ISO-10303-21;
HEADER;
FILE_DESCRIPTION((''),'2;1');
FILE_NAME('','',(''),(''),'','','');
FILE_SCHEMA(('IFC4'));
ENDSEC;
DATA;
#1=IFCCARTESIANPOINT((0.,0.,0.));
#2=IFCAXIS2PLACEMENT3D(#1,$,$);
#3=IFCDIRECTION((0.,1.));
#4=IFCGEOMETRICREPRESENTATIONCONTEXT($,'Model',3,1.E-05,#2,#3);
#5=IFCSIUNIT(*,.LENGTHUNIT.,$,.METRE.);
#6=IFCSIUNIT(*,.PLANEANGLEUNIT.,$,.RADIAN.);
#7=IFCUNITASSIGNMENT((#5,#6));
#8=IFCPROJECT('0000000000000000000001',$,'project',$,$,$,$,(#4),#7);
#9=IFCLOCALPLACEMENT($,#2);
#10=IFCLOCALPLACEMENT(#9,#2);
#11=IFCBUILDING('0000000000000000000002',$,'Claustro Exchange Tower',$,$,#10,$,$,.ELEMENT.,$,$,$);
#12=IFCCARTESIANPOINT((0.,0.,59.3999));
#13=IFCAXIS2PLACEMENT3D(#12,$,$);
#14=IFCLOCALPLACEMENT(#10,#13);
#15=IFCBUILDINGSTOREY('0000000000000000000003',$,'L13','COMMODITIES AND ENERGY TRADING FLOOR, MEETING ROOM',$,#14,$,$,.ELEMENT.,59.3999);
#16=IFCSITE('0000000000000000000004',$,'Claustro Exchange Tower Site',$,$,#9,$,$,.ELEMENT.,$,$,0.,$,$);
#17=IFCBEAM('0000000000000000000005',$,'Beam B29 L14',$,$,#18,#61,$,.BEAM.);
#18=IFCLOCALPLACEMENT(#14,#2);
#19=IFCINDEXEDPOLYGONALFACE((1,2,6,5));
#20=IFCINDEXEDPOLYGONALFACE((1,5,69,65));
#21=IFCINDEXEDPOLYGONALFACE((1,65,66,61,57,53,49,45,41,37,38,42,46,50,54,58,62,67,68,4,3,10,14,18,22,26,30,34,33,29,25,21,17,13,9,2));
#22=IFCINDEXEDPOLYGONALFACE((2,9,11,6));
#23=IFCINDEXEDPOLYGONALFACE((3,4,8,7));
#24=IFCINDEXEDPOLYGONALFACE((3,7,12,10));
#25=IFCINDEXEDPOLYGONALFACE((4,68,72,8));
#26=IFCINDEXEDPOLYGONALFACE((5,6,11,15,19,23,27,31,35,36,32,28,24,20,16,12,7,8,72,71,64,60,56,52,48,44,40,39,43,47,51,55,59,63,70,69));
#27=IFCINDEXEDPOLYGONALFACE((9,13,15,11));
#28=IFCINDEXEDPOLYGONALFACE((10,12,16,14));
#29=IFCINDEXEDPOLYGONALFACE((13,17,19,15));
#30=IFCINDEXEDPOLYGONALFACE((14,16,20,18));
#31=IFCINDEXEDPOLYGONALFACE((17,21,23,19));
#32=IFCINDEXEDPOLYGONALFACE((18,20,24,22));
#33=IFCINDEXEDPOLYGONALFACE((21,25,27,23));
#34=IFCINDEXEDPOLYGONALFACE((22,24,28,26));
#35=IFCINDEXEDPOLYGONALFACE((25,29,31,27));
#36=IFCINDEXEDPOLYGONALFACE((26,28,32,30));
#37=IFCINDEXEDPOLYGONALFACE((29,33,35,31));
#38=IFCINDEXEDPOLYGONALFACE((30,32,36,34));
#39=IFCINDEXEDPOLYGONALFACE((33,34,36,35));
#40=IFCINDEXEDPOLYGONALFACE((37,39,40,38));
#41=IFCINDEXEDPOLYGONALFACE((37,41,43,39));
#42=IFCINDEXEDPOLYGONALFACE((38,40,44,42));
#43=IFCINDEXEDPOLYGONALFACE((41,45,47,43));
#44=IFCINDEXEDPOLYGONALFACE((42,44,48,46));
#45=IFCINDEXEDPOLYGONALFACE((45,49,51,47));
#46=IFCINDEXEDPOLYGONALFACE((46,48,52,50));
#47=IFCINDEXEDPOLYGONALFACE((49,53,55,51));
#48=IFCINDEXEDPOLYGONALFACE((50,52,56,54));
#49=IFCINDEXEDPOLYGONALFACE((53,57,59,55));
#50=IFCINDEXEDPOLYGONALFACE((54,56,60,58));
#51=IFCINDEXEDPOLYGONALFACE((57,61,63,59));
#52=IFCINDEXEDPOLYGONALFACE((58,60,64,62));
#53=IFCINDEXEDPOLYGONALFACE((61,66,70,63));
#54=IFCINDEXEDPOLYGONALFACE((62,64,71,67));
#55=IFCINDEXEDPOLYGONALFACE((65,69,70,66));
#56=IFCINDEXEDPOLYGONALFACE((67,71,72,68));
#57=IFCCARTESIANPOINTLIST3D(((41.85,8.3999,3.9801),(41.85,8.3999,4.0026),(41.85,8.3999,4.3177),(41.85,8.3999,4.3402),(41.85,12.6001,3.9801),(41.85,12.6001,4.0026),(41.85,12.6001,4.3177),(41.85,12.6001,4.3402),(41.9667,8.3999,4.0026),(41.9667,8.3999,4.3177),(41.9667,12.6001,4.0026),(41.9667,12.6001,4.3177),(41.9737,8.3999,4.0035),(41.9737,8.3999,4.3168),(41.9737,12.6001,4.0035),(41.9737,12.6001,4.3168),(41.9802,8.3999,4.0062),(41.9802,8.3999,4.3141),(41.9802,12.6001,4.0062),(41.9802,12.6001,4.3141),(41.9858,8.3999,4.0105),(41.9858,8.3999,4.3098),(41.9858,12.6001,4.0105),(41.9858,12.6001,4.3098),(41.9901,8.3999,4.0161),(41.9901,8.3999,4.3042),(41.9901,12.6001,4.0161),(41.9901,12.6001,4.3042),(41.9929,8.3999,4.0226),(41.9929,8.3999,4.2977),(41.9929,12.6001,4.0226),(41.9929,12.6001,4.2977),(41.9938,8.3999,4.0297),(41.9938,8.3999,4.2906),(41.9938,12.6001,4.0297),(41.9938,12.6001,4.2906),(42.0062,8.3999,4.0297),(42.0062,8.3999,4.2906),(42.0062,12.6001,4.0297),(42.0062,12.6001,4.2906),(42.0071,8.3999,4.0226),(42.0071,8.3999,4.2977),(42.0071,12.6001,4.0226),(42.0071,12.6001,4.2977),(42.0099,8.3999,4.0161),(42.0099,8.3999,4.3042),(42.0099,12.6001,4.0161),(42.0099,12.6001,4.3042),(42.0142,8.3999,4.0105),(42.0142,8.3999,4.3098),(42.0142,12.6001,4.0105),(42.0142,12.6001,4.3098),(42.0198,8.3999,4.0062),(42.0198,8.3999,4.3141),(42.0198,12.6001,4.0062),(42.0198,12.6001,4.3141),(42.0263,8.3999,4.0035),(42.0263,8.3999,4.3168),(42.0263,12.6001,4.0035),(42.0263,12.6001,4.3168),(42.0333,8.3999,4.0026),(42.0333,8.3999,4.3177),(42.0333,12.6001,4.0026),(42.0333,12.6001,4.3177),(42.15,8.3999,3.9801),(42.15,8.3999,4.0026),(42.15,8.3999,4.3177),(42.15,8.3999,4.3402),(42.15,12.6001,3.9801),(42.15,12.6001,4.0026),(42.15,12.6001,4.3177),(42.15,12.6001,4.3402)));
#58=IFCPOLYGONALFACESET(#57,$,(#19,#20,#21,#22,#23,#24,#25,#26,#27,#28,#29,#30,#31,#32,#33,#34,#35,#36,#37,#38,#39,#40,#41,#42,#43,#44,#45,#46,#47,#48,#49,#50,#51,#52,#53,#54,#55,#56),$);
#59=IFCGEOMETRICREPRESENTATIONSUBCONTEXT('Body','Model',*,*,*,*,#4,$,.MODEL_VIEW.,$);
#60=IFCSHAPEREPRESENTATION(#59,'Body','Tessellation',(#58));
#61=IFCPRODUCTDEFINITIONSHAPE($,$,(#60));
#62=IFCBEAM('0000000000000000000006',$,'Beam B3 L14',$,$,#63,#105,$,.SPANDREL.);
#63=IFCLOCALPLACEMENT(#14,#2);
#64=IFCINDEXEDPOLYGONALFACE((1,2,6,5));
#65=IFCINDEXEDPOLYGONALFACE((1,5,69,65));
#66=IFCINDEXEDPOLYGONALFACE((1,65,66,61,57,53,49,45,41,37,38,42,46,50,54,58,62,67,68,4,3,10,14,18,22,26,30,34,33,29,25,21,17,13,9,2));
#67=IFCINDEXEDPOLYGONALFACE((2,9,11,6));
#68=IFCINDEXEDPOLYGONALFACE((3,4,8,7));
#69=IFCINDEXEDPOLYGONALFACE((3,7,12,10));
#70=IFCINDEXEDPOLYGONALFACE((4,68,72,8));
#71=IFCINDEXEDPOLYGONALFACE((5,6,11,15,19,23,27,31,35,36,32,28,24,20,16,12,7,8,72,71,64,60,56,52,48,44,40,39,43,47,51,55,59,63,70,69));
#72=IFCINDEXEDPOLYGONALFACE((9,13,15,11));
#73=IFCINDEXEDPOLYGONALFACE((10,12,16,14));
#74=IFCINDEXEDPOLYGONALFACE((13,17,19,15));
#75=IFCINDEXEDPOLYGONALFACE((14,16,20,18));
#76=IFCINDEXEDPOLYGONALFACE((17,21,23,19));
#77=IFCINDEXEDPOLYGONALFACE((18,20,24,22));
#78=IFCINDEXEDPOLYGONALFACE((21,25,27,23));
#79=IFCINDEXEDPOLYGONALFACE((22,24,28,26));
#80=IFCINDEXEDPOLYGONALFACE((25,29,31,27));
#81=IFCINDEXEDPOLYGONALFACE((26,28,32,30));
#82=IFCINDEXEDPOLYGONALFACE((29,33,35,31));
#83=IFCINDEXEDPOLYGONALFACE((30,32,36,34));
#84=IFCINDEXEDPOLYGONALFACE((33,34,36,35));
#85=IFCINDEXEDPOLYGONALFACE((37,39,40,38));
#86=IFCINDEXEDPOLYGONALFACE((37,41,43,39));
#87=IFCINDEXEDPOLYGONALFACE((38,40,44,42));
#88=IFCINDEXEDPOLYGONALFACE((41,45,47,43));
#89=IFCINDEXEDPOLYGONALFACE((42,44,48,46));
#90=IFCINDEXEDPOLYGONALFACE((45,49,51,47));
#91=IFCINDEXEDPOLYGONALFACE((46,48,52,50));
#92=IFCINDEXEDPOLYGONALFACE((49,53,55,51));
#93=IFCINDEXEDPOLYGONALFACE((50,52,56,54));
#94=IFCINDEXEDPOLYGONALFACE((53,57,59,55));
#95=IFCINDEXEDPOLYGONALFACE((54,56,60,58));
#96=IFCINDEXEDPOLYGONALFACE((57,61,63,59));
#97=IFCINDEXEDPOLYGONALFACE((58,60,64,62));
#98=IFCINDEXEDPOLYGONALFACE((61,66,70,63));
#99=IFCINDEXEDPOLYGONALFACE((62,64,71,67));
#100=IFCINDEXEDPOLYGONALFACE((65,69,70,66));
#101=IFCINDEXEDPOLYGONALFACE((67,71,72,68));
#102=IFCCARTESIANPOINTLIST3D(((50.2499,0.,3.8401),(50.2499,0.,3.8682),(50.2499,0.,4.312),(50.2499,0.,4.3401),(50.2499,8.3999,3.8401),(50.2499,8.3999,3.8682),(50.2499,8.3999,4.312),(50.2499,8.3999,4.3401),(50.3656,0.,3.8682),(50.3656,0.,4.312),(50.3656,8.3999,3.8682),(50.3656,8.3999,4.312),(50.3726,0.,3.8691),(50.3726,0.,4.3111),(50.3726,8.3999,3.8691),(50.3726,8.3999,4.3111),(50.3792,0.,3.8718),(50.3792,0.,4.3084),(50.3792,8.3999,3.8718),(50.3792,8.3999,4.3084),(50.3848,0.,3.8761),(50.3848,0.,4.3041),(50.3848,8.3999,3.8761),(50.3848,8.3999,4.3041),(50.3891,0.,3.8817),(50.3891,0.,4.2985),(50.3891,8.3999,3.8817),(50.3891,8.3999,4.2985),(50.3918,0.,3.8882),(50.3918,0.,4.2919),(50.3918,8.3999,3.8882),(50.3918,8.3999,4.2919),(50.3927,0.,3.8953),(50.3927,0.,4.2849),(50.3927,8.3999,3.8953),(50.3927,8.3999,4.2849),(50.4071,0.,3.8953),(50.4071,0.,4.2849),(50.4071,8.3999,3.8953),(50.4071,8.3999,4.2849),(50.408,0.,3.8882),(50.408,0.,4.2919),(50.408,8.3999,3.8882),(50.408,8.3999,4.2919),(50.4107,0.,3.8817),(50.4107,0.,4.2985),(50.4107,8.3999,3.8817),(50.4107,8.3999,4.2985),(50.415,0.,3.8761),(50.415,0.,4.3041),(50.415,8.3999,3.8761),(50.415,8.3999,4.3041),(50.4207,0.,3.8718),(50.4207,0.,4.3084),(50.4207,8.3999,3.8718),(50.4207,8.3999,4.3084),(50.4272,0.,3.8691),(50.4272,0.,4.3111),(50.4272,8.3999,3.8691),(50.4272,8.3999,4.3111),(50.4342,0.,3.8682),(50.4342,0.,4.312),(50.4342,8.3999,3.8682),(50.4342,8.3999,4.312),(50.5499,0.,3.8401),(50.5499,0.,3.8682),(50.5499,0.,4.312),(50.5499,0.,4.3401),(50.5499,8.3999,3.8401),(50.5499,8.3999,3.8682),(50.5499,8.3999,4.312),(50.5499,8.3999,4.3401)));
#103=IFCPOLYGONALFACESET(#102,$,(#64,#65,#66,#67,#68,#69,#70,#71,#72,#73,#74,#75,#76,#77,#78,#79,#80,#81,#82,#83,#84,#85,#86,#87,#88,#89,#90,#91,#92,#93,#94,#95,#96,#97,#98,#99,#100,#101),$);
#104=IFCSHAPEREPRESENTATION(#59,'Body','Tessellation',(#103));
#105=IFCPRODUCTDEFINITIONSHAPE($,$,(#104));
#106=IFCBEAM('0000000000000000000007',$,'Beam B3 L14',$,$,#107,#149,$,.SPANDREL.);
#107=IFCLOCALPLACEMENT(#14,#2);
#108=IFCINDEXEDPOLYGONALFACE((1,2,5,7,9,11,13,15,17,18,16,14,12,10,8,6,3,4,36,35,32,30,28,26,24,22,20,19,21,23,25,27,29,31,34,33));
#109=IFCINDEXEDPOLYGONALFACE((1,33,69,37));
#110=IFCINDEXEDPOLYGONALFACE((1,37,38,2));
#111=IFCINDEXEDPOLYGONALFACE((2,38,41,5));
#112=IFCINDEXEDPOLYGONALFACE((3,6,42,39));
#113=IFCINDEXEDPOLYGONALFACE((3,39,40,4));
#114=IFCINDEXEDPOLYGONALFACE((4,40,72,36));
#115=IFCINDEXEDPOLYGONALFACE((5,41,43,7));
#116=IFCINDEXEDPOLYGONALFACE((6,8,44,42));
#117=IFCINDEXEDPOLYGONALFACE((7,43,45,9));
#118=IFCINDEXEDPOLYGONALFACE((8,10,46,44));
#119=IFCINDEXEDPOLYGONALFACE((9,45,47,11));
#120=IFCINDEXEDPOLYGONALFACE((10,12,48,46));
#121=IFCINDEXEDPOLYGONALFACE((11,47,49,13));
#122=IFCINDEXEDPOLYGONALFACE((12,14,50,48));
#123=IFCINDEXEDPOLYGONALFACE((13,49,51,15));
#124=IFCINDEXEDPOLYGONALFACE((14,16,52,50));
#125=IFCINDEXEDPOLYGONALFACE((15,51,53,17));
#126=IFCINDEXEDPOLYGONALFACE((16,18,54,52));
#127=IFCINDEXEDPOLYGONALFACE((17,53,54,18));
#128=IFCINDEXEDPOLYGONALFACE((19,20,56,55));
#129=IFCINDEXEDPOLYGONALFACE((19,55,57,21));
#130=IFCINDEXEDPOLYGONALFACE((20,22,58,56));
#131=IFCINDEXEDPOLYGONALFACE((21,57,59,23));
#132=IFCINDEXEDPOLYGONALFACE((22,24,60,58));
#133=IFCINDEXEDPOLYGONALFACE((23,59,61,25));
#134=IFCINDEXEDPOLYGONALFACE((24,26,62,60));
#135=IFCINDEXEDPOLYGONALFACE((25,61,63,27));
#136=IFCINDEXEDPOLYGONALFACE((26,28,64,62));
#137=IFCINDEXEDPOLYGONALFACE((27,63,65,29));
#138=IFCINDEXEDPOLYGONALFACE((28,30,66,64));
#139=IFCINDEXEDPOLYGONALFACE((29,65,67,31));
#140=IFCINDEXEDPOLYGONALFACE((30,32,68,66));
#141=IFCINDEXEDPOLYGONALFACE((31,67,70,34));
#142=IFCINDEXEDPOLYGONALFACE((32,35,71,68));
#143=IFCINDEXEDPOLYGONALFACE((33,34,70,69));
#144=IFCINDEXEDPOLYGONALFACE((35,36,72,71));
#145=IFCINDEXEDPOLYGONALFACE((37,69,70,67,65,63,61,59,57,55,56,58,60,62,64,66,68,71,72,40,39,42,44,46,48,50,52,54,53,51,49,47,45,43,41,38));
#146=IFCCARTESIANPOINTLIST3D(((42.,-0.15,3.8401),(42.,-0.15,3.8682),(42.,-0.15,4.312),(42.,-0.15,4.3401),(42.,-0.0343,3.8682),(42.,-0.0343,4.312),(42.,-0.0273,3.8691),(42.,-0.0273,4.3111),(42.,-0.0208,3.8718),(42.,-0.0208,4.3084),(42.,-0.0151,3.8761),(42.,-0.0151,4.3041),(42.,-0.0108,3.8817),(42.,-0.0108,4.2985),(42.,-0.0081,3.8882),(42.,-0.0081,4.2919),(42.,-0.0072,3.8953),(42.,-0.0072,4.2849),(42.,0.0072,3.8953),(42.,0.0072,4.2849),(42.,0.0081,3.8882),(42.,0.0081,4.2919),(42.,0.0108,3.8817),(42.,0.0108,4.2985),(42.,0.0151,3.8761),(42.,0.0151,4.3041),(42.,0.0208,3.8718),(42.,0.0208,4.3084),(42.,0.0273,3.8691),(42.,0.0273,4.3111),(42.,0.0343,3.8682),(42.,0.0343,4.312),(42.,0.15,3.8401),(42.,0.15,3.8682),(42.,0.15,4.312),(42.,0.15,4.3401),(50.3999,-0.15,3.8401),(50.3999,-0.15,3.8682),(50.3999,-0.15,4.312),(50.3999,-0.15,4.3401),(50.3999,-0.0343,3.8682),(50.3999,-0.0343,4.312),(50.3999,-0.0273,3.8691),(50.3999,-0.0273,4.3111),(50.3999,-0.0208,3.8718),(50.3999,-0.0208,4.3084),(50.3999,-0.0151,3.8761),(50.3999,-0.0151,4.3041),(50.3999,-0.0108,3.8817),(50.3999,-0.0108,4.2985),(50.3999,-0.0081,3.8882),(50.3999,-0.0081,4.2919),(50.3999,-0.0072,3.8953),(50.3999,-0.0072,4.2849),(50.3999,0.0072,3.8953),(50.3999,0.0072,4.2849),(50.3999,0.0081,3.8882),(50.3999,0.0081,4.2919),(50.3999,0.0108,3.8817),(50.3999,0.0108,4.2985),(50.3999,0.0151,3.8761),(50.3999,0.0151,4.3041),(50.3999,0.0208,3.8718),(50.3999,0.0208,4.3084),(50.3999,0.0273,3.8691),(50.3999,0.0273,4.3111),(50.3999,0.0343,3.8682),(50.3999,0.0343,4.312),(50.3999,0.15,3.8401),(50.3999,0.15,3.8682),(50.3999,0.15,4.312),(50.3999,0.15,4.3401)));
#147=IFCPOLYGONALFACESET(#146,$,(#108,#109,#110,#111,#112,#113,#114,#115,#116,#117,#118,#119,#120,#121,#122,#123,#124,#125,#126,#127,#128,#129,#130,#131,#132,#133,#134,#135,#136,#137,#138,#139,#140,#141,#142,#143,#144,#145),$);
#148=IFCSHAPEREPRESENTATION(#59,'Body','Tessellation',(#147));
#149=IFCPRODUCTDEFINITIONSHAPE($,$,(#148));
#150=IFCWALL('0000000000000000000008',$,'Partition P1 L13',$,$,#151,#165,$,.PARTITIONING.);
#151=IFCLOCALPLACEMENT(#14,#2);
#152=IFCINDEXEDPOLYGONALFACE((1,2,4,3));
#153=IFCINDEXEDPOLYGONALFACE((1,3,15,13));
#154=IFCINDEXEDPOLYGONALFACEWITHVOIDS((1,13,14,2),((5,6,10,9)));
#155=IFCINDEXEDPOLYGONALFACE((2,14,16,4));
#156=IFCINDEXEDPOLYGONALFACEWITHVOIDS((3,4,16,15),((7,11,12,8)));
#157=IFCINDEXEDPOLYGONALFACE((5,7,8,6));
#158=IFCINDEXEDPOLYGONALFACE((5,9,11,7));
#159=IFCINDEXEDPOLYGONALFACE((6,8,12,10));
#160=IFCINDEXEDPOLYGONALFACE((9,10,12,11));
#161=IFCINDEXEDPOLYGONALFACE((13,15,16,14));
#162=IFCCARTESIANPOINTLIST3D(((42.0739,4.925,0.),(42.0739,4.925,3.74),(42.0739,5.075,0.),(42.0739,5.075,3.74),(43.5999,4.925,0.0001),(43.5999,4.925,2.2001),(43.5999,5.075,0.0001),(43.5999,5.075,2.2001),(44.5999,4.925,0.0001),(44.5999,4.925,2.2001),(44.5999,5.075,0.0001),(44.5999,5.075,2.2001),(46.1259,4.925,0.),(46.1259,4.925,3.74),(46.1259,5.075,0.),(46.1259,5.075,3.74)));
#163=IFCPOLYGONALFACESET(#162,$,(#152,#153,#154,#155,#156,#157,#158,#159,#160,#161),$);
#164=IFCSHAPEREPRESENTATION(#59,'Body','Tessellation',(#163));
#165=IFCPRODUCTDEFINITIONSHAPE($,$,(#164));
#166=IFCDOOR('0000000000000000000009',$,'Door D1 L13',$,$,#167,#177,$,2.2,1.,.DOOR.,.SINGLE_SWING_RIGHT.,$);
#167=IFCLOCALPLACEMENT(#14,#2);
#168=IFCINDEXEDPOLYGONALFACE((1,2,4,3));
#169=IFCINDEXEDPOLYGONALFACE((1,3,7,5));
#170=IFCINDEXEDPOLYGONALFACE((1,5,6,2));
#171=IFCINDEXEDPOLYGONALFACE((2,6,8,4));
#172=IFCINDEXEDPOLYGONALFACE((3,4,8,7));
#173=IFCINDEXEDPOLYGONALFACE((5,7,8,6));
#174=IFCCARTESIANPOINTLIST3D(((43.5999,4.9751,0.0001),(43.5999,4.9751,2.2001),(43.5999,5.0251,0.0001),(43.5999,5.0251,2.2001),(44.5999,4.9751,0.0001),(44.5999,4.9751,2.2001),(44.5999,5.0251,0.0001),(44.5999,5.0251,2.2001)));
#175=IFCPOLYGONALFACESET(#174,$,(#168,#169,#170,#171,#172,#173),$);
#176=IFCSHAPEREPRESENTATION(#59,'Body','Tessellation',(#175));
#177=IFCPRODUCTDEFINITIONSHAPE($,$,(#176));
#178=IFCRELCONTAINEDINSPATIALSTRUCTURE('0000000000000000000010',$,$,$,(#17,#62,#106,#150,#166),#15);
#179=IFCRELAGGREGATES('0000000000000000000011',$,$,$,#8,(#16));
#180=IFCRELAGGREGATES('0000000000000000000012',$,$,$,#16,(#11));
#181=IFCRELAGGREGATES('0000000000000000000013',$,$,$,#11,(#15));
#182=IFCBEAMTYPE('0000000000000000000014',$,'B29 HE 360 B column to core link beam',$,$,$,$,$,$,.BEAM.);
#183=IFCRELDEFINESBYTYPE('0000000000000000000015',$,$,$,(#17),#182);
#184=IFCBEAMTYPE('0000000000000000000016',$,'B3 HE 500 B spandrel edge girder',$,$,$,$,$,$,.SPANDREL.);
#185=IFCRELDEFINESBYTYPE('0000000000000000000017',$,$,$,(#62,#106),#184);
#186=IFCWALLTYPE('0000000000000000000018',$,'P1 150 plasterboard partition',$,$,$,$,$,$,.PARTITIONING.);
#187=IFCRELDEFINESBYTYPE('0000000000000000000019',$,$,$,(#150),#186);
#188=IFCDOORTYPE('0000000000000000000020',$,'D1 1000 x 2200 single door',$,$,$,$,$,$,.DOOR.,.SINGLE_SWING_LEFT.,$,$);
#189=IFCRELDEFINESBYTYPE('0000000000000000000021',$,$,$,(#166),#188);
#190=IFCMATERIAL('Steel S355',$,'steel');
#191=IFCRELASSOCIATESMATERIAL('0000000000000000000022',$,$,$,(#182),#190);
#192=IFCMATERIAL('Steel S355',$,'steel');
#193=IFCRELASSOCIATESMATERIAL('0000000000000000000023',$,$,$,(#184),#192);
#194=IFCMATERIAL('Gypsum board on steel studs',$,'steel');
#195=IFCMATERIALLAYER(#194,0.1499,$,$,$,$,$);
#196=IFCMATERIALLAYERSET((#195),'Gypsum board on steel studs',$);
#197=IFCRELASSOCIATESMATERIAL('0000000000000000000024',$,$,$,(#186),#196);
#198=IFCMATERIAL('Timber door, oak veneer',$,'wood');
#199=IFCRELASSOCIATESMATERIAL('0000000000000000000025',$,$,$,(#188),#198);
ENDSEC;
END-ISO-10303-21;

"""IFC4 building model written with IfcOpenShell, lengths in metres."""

from ifc_helpers import new_model, si_unit, direction, frame, frame_2d, origin, origin_2d, place, context, subcontext, project, spatial, rectangle, i_section, extrude, material, layer, layer_set, material_profile, profile_set, type_object, element, fill, save


model = new_model("IFC4")

# Units and contexts
model_context = context("Model", 3, precision=1e-05, world=origin(), true_north=direction((0.0, 1.0)))
body_context = subcontext(model_context, "Body", "Model", "MODEL_VIEW")
ifc_project = project(units=[si_unit("LENGTHUNIT", "METRE"), si_unit("PLANEANGLEUNIT", "RADIAN")], contexts=[model_context])

# Site, building, storey
site_placement = place(None, origin())
site = spatial("IfcSite", under=ifc_project, at=site_placement, Name="Claustro Exchange Tower Site", CompositionType="ELEMENT", RefElevation=0.0)
building_placement = place(site_placement, origin())
building = spatial("IfcBuilding", under=site, at=building_placement, Name="Claustro Exchange Tower", CompositionType="ELEMENT")
storey_placement = place(building_placement, frame((0.0, 0.0, 59.3999)))
storey = spatial("IfcBuildingStorey", under=building, at=storey_placement, Name="L13", Description="COMMODITIES AND ENERGY TRADING FLOOR, MEETING ROOM", CompositionType="ELEMENT", Elevation=59.3999)

# Beams
ifc_material_1 = material(Name="Steel S355", Category="steel")
ifc_material_profile_1 = material_profile(ifc_material_1, i_section(OverallWidth=0.3, OverallDepth=0.3601, WebThickness=0.0125, FlangeThickness=0.0225, FilletRadius=0.0271, at=origin_2d()), Name="HE 360 B")
ifc_profile_set_1 = profile_set([ifc_material_profile_1], Name="Steel S355")
beam_type_1 = type_object("IfcBeamType", Name="B29 HE 360 B column to core link beam", PredefinedType="BEAM", material=ifc_profile_set_1)
beam_1_placement = place(storey_placement, frame((42.0, 8.3999, 4.1602), z_axis=(0.0, 1.0, 0.0), x_axis=(-1.0, 0.0, 0.0)))
element("IfcBeam", 1, at=beam_1_placement, inside=storey, type_object=beam_type_1, Name="Beam B29 L14", PredefinedType="BEAM", context=body_context, shape_type="SweptSolid", body=[
    extrude(i_section(OverallWidth=0.3, OverallDepth=0.3601, WebThickness=0.0125, FlangeThickness=0.0225, FilletRadius=0.0271, at=origin_2d()), origin(), (0.0, 0.0, 1.0), 4.2002),
])
ifc_material_2 = material(Name="Steel S355", Category="steel")
ifc_material_profile_2 = material_profile(ifc_material_2, i_section(OverallWidth=0.3, OverallDepth=0.5, WebThickness=0.0144, FlangeThickness=0.0281, FilletRadius=0.0271, at=origin_2d()), Name="HE 500 B")
ifc_profile_set_2 = profile_set([ifc_material_profile_2], Name="Steel S355")
beam_type_2 = type_object("IfcBeamType", Name="B3 HE 500 B spandrel edge girder", PredefinedType="SPANDREL", material=ifc_profile_set_2)
for number, where, z_axis, x_axis, name in (
    (2, (50.3999, 0.0, 4.0901), (0.0, 1.0, 0.0), (-1.0, 0.0, 0.0), "Beam B3 L14"),
    (3, (42.0, 0.0, 4.0901), (1.0, 0.0, 0.0), (0.0, 1.0, 0.0), "Beam B3 L14"),
):
    element("IfcBeam", number, at=place(storey_placement, frame(where, z_axis=z_axis, x_axis=x_axis)), inside=storey, type_object=beam_type_2, Name=name, PredefinedType="SPANDREL", context=body_context, shape_type="SweptSolid", body=[
        extrude(i_section(OverallWidth=0.3, OverallDepth=0.5, WebThickness=0.0144, FlangeThickness=0.0281, FilletRadius=0.0271, at=origin_2d()), origin(), (0.0, 0.0, 1.0), 8.3999),
    ])

# Wall, opening, door
ifc_material_3 = material(Name="Gypsum board on steel studs", Category="steel")
ifc_layer_1 = layer(ifc_material_3, 0.1499)
ifc_layer_set_1 = layer_set([ifc_layer_1], Name="Gypsum board on steel studs")
wall_type_1 = type_object("IfcWallType", Name="P1 150 plasterboard partition", PredefinedType="PARTITIONING", material=ifc_layer_set_1)
wall_1_placement = place(storey_placement, frame((42.074, 5.0, 0.0), z_axis=(0.0, 0.0, 1.0), x_axis=(1.0, 0.0, 0.0)))
wall_1 = element("IfcWall", 4, at=wall_1_placement, inside=storey, type_object=wall_type_1, Name="Partition P1 L13", PredefinedType="PARTITIONING", context=body_context, shape_type="SweptSolid", body=[
    extrude(rectangle(XDim=4.052, YDim=0.1499, at=frame_2d((2.0259, 0.0))), origin(), (0.0, 0.0, 1.0), 3.74),
])
opening_1_placement = place(wall_1_placement, frame((1.5259, 0.0, 0.0)))
opening_1 = element("IfcOpeningElement", 5, at=opening_1_placement, cuts=wall_1, PredefinedType="OPENING", context=body_context, shape_type="SweptSolid", body=[
    extrude(rectangle(XDim=1.0, YDim=2.2, at=frame_2d((0.5, 1.1001))), frame((0.0, 0.085, 0.0), z_axis=(0.0, -1.0, 0.0), x_axis=(1.0, 0.0, 0.0)), (0.0, 0.0, 1.0), 0.1699),
])
ifc_material_4 = material(Name="Timber door, oak veneer", Category="wood")
door_type = type_object("IfcDoorType", Name="D1 1000 x 2200 single door", OperationType="SINGLE_SWING_LEFT", PredefinedType="DOOR", material=ifc_material_4)
door_1_placement = place(opening_1_placement, frame((1.0, 0.0, 0.0), z_axis=(0.0, 0.0, 1.0), x_axis=(-1.0, 0.0, 0.0)))
door_1 = element("IfcDoor", 6, at=door_1_placement, inside=storey, type_object=door_type, Name="Door D1 L13", OperationType="SINGLE_SWING_RIGHT", OverallHeight=2.2, OverallWidth=1.0, PredefinedType="DOOR", context=body_context, shape_type="SweptSolid", body=[
    extrude(rectangle(XDim=1.0, YDim=2.2, at=frame_2d((0.5, 1.1001))), frame((0.0, 0.0249, 0.0), z_axis=(0.0, -1.0, 0.0), x_axis=(1.0, 0.0, 0.0)), (0.0, 0.0, 1.0), 0.05),
])
fill(opening_1, door_1)

save(model, "model.ifc")
